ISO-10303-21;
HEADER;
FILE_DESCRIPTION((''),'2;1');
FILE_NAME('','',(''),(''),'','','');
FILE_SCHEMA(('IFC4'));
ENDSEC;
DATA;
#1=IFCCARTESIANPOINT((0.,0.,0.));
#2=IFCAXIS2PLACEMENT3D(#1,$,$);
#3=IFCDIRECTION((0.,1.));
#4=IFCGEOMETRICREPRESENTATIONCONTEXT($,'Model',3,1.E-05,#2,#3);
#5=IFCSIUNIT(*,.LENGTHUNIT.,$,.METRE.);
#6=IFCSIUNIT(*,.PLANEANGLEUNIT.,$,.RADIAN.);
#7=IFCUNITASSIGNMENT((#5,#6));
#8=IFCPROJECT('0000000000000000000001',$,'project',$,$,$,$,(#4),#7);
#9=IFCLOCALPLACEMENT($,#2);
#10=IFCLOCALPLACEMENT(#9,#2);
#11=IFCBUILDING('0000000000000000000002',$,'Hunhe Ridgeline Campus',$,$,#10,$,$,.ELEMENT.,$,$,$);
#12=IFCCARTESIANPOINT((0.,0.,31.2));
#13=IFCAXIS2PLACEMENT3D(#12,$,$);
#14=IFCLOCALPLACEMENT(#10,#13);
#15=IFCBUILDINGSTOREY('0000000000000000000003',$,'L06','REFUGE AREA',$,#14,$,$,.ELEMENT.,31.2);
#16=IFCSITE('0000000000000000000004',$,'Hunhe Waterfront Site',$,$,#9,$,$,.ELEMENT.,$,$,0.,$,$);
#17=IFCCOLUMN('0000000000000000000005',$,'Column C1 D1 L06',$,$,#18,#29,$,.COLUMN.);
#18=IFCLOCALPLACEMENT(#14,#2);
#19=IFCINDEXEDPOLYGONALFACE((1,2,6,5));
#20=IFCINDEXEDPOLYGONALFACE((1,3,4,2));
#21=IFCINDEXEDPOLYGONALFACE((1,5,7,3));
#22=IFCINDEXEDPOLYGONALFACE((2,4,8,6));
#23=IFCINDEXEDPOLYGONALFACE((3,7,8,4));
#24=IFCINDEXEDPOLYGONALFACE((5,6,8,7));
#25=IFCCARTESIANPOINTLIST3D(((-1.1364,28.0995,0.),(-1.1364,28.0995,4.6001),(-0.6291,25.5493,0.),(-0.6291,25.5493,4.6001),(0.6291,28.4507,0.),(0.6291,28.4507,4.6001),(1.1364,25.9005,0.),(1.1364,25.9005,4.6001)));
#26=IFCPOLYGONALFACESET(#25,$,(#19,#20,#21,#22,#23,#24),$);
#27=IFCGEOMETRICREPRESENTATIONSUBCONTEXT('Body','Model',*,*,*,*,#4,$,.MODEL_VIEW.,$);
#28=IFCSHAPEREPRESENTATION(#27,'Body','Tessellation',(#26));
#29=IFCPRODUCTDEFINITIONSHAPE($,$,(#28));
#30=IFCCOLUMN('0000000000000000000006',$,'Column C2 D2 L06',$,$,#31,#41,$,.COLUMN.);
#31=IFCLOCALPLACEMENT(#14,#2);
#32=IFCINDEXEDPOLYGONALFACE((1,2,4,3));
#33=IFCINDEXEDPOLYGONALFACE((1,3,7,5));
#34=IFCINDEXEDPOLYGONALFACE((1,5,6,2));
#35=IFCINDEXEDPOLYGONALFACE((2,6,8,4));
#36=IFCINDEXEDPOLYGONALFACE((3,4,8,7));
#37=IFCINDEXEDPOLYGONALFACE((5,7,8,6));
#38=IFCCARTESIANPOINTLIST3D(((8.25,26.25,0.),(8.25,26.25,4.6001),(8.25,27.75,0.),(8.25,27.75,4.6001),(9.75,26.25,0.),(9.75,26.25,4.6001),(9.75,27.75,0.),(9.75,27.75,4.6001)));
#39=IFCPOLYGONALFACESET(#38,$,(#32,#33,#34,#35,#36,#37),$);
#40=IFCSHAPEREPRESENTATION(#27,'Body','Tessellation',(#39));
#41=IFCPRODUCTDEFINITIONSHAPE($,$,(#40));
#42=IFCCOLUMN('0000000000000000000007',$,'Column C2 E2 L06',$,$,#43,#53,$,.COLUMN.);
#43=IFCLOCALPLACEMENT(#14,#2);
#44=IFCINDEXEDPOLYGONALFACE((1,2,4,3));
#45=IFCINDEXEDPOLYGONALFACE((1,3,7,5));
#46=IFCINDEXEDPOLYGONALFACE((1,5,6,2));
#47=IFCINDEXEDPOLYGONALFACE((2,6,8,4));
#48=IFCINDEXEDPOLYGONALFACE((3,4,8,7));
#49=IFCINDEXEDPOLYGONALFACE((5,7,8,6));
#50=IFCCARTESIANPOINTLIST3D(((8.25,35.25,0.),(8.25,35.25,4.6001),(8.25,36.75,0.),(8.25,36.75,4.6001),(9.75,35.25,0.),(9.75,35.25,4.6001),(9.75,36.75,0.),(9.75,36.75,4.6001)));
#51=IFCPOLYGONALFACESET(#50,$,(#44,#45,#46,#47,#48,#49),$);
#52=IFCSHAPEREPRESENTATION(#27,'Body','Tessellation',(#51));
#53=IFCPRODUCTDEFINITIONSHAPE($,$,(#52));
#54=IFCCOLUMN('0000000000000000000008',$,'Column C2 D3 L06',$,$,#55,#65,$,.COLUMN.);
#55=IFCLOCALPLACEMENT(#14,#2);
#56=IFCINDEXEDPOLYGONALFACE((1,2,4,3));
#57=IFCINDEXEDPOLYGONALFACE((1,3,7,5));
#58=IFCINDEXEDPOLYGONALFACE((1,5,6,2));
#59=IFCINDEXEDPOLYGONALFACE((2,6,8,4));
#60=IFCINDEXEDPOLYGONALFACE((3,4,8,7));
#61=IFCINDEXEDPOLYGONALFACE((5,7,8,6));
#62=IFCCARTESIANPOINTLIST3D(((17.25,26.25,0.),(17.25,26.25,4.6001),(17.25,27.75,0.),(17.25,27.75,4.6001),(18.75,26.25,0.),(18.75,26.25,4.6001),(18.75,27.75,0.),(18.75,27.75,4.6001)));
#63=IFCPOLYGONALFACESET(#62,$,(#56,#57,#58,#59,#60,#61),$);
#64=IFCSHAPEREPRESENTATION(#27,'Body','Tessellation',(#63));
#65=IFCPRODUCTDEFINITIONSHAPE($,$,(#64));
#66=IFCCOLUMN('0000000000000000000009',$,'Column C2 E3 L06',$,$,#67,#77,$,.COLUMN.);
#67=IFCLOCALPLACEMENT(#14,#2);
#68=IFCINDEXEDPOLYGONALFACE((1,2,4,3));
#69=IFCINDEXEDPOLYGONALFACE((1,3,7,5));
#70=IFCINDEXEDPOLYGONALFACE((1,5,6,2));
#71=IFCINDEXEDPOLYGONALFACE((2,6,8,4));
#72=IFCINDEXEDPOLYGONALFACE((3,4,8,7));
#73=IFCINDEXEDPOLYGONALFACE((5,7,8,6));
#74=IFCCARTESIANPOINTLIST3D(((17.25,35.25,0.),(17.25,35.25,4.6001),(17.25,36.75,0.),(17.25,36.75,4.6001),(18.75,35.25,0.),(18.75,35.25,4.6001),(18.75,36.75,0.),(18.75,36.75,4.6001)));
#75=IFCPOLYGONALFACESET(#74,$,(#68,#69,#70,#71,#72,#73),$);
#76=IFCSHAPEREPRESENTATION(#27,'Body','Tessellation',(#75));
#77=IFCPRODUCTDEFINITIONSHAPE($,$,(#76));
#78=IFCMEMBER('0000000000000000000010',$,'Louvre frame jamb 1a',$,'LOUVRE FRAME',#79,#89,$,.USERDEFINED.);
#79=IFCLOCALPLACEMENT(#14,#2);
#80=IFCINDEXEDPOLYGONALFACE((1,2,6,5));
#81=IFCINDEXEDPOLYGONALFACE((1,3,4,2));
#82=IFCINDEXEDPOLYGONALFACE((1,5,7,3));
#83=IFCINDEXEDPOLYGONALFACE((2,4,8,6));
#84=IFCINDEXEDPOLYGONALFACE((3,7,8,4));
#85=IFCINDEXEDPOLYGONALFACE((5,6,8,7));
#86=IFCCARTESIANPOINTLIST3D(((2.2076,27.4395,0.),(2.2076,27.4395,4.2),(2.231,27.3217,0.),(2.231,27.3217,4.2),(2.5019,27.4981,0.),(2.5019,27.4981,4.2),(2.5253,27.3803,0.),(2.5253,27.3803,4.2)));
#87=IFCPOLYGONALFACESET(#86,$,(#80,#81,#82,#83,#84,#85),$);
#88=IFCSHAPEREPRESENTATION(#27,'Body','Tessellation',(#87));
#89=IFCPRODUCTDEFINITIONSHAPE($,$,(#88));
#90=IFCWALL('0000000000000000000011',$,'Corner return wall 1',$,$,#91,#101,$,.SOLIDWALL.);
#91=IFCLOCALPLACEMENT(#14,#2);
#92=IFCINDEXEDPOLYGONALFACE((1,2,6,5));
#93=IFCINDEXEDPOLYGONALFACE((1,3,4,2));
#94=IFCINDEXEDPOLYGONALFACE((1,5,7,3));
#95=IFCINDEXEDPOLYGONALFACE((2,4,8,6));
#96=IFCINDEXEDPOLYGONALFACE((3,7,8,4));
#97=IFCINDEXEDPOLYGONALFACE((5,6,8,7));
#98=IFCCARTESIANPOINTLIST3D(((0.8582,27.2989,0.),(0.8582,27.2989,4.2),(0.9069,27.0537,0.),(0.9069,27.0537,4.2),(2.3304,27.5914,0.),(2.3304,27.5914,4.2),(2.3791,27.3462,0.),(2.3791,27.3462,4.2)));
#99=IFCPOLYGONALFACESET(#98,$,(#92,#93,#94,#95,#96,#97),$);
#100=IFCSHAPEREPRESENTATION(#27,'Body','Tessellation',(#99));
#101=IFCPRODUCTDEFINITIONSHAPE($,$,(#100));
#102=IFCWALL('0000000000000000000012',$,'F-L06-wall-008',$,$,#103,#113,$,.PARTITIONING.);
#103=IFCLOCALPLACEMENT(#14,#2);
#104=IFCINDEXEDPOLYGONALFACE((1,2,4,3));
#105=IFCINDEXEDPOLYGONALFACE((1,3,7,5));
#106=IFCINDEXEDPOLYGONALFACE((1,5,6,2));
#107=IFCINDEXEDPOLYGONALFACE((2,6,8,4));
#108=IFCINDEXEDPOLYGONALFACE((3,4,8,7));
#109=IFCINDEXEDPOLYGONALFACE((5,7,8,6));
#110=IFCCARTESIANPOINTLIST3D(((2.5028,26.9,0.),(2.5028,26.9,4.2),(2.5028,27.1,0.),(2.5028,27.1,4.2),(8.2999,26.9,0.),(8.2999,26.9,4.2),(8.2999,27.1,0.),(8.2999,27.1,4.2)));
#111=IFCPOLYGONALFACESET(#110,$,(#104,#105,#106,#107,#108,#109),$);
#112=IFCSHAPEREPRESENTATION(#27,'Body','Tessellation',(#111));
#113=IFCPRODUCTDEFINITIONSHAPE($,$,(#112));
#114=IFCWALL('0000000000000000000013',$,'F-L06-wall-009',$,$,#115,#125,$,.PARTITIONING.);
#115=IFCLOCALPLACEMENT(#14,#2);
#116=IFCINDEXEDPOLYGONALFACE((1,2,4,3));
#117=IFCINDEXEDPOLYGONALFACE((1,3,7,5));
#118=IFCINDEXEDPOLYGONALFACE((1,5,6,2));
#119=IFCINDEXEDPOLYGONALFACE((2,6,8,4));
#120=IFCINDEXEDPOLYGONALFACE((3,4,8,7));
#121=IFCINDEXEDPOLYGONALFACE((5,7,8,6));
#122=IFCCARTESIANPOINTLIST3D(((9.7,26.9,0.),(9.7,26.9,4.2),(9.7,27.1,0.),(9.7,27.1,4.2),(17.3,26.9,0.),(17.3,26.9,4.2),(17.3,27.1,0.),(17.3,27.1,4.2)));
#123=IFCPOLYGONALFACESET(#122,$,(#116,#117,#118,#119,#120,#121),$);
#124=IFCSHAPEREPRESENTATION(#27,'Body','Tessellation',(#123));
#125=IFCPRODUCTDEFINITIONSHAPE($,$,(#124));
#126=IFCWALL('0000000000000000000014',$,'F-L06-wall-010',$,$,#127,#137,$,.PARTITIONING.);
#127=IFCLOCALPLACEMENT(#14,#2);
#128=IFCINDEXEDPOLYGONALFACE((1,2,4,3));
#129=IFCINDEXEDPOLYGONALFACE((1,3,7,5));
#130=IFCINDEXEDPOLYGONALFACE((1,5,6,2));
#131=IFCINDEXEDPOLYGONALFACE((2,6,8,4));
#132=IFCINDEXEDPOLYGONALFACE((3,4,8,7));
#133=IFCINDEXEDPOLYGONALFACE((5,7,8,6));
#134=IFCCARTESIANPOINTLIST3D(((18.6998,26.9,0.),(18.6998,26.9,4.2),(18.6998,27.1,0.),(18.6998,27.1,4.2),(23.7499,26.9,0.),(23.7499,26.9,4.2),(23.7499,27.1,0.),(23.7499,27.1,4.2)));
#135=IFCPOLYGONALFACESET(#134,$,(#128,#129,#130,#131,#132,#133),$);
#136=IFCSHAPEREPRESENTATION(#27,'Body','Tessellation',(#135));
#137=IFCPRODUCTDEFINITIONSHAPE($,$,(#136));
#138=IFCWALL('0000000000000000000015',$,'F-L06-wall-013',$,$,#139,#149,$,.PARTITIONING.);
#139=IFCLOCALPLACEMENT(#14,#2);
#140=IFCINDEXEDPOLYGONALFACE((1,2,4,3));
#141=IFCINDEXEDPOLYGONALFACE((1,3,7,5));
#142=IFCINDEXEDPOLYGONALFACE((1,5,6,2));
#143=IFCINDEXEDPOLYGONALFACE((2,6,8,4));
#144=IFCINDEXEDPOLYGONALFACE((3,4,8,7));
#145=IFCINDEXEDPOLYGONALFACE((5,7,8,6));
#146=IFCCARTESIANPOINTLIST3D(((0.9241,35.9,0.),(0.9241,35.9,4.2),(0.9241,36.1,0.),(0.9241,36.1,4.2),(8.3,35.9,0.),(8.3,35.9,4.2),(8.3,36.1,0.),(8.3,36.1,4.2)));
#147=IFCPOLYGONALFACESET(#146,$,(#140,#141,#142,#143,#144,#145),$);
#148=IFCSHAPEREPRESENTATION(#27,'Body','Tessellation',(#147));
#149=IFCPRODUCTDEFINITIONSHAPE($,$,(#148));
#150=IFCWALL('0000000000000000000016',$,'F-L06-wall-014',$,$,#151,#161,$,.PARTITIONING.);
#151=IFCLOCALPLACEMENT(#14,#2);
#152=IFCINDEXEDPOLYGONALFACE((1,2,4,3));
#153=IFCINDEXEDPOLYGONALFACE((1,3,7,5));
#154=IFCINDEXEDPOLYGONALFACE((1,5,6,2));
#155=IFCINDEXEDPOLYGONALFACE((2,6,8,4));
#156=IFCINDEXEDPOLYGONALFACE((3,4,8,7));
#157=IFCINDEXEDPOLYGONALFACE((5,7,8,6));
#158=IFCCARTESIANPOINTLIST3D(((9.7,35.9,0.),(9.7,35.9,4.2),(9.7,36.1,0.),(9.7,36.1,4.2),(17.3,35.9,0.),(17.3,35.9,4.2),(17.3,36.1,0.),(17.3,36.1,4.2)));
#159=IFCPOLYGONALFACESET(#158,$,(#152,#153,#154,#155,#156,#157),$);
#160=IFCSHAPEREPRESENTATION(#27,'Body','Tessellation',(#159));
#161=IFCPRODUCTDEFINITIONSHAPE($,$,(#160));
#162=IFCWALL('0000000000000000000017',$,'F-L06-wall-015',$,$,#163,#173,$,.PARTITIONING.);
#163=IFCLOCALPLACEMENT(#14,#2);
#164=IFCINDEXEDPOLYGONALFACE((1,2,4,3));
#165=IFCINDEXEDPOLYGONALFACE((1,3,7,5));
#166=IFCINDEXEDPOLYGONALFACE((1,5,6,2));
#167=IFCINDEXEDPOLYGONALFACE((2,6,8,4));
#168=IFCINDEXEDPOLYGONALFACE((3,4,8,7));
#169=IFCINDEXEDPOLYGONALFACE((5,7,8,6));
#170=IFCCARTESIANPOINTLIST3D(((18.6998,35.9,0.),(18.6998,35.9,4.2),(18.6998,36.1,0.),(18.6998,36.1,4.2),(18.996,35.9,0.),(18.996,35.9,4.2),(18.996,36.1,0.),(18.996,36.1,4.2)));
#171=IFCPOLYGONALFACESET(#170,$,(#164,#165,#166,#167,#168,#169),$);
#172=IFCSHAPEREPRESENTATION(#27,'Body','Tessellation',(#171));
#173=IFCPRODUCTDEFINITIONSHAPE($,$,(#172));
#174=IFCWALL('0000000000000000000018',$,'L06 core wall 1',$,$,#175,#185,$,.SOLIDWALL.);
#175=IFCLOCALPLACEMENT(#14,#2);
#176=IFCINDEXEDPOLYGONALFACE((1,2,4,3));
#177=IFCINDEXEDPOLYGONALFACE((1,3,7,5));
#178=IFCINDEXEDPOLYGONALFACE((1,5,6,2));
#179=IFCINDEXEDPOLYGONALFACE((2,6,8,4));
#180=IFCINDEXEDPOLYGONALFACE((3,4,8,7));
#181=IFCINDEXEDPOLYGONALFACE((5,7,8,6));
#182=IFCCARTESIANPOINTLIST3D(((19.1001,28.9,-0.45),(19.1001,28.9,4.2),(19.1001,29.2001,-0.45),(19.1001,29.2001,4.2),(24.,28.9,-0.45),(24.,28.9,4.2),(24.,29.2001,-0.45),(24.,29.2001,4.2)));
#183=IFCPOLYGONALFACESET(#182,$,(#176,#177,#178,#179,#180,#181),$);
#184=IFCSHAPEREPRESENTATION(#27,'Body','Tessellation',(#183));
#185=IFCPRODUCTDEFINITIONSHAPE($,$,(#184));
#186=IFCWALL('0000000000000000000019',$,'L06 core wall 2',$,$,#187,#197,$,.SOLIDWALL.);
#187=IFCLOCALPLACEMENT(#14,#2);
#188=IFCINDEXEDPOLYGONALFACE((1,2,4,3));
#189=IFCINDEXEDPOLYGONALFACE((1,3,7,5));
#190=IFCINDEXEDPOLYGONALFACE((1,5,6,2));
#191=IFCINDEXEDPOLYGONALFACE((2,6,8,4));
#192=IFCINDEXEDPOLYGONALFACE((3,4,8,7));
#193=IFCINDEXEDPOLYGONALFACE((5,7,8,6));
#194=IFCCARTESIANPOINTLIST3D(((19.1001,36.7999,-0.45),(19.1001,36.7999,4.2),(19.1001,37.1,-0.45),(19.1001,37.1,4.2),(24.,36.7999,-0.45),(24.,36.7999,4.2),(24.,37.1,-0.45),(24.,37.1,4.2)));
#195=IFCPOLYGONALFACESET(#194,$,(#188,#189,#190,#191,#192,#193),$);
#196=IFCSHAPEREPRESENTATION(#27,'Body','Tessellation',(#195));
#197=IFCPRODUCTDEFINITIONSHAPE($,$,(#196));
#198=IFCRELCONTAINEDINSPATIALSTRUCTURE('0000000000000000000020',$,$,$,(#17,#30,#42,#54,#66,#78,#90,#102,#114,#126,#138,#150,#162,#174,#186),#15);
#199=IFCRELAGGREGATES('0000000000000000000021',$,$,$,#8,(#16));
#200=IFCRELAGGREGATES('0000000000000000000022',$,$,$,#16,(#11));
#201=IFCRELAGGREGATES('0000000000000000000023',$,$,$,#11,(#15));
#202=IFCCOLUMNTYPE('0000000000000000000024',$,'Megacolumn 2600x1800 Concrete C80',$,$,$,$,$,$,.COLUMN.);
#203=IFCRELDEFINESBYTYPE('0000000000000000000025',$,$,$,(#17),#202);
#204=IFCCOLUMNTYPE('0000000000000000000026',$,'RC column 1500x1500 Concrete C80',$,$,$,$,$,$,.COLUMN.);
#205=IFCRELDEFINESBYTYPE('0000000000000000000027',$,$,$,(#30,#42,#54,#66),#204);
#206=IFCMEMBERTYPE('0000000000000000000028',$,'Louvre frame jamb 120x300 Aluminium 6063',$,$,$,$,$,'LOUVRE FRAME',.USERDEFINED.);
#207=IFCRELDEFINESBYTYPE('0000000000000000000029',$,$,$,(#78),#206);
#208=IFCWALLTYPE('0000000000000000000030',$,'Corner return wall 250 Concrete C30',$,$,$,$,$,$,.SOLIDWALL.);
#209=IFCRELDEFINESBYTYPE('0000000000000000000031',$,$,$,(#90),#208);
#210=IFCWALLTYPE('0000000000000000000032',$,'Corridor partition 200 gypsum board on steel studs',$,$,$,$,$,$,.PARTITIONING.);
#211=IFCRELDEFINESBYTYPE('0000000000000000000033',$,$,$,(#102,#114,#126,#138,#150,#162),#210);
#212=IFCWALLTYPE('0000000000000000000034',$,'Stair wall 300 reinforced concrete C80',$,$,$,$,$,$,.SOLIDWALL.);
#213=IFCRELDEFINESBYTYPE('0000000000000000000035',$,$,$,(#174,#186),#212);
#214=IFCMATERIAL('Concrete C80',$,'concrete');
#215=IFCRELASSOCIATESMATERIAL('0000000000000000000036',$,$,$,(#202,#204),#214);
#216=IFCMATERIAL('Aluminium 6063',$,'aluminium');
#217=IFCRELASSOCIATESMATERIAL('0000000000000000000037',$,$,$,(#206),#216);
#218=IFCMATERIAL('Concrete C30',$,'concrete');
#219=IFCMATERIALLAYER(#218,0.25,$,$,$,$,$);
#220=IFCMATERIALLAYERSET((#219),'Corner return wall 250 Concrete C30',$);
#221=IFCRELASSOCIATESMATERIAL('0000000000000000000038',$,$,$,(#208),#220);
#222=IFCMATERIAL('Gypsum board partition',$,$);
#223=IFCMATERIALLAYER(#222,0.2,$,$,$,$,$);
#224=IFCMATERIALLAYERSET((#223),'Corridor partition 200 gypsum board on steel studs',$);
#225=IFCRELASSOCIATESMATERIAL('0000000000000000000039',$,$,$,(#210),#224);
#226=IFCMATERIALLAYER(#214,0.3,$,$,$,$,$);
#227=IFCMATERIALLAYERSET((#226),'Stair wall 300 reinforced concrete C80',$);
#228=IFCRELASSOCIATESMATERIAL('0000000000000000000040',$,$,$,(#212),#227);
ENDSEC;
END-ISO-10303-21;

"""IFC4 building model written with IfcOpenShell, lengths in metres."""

from ifc_helpers import new_model, si_unit, direction, frame, frame_2d, origin, origin_2d, place, context, subcontext, project, spatial, rectangle, extrude, material, layer, layer_set, material_profile, profile_set, type_object, element, save


model = new_model("IFC4")

# Units and contexts
model_context = context("Model", 3, precision=1e-05, world=origin(), true_north=direction((0.0, 1.0)))
body_context = subcontext(model_context, "Body", "Model", "MODEL_VIEW")
ifc_project = project(units=[si_unit("LENGTHUNIT", "METRE"), si_unit("PLANEANGLEUNIT", "RADIAN")], contexts=[model_context])

# Site, building, storey
site_placement = place(None, origin())
site = spatial("IfcSite", under=ifc_project, at=site_placement, Name="Hunhe Waterfront Site", CompositionType="ELEMENT", RefElevation=0.0)
building_placement = place(site_placement, origin())
building = spatial("IfcBuilding", under=site, at=building_placement, Name="Hunhe Ridgeline Campus", CompositionType="ELEMENT")
storey_placement = place(building_placement, frame((0.0, 0.0, 31.2)))
storey = spatial("IfcBuildingStorey", under=building, at=storey_placement, Name="L06", Description="REFUGE AREA", CompositionType="ELEMENT", Elevation=31.2)

# Columns
ifc_material_1 = material(Name="Concrete C80", Category="concrete")
ifc_material_profile_1 = material_profile(ifc_material_1, rectangle(XDim=2.6001, YDim=1.8, at=origin_2d()))
ifc_profile_set_1 = profile_set([ifc_material_profile_1], Name="Concrete C80")
column_type_1 = type_object("IfcColumnType", Name="Megacolumn 2600x1800 Concrete C80", PredefinedType="COLUMN", material=ifc_profile_set_1)
column_placement = place(storey_placement, frame((0.0, 27.0, 0.0), z_axis=(0.0, 0.0, 1.0), x_axis=(-0.19509, 0.980785, 0.0)))
element("IfcColumn", 1, at=column_placement, inside=storey, type_object=column_type_1, Name="Column C1 D1 L06", PredefinedType="COLUMN", context=body_context, shape_type="SweptSolid", body=[
    extrude(rectangle(XDim=2.6001, YDim=1.8, at=origin_2d()), origin(), (0.0, 0.0, 1.0), 4.6001),
])
ifc_material_profile_2 = material_profile(ifc_material_1, rectangle(XDim=1.5, YDim=1.5, at=origin_2d()))
ifc_profile_set_2 = profile_set([ifc_material_profile_2], Name="Concrete C80")
column_type_2 = type_object("IfcColumnType", Name="RC column 1500x1500 Concrete C80", PredefinedType="COLUMN", material=ifc_profile_set_2)
for number, where, z_axis, x_axis, name in (
    (2, (9.0, 27.0, 0.0), (0.0, 0.0, 1.0), (1.0, 0.0, 0.0), "Column C2 D2 L06"),
    (3, (9.0, 36.0, 0.0), (0.0, 0.0, 1.0), (1.0, 0.0, 0.0), "Column C2 E2 L06"),
    (4, (18.0, 27.0, 0.0), (0.0, 0.0, 1.0), (1.0, 0.0, 0.0), "Column C2 D3 L06"),
    (5, (18.0, 36.0, 0.0), (0.0, 0.0, 1.0), (1.0, 0.0, 0.0), "Column C2 E3 L06"),
):
    element("IfcColumn", number, at=place(storey_placement, frame(where, z_axis=z_axis, x_axis=x_axis)), inside=storey, type_object=column_type_2, Name=name, PredefinedType="COLUMN", context=body_context, shape_type="SweptSolid", body=[
        extrude(rectangle(XDim=1.5, YDim=1.5, at=origin_2d()), origin(), (0.0, 0.0, 1.0), 4.6001),
    ])

# Member
ifc_material_2 = material(Name="Aluminium 6063", Category="aluminium")
ifc_material_profile_3 = material_profile(ifc_material_2, rectangle(XDim=0.3, YDim=0.1201, at=origin_2d()))
ifc_profile_set_3 = profile_set([ifc_material_profile_3], Name="Aluminium 6063")
member_type = type_object("IfcMemberType", Name="Louvre frame jamb 120x300 Aluminium 6063", ElementType="LOUVRE FRAME", PredefinedType="USERDEFINED", material=ifc_profile_set_3)
member_placement = place(storey_placement, frame((2.3665, 27.4099, 0.0), z_axis=(0.0, 0.0, 1.0), x_axis=(0.980784, 0.195095, 0.0)))
element("IfcMember", 6, at=member_placement, inside=storey, type_object=member_type, Name="Louvre frame jamb 1a", ObjectType="LOUVRE FRAME", PredefinedType="USERDEFINED", context=body_context, shape_type="SweptSolid", body=[
    extrude(rectangle(XDim=0.3, YDim=0.1201, at=origin_2d()), origin(), (0.0, 0.0, 1.0), 4.2),
])

# Walls
ifc_material_3 = material(Name="Concrete C30", Category="concrete")
ifc_layer_1 = layer(ifc_material_3, 0.25)
ifc_layer_set_1 = layer_set([ifc_layer_1], Name="Corner return wall 250 Concrete C30")
wall_type_1 = type_object("IfcWallType", Name="Corner return wall 250 Concrete C30", PredefinedType="SOLIDWALL", material=ifc_layer_set_1)
wall_1_placement = place(storey_placement, frame((0.8826, 27.1763, 0.0), z_axis=(0.0, 0.0, 1.0), x_axis=(0.98083, 0.194865, 0.0)))
element("IfcWall", 7, at=wall_1_placement, inside=storey, type_object=wall_type_1, Name="Corner return wall 1", PredefinedType="SOLIDWALL", context=body_context, shape_type="SweptSolid", body=[
    extrude(rectangle(XDim=1.501, YDim=0.25, at=frame_2d((0.7505, 0.0))), origin(), (0.0, 0.0, 1.0), 4.2),
])
ifc_material_4 = material(Name="Gypsum board partition")
ifc_layer_2 = layer(ifc_material_4, 0.2)
ifc_layer_set_2 = layer_set([ifc_layer_2], Name="Corridor partition 200 gypsum board on steel studs")
wall_type_2 = type_object("IfcWallType", Name="Corridor partition 200 gypsum board on steel studs", PredefinedType="PARTITIONING", material=ifc_layer_set_2)
wall_2_placement = place(storey_placement, frame((2.5029, 27.0, 0.0), z_axis=(0.0, 0.0, 1.0), x_axis=(1.0, 0.0, 0.0)))
element("IfcWall", 8, at=wall_2_placement, inside=storey, type_object=wall_type_2, Name="F-L06-wall-008", PredefinedType="PARTITIONING", context=body_context, shape_type="SweptSolid", body=[
    extrude(rectangle(XDim=5.7971, YDim=0.2, at=frame_2d((2.8984, 0.0))), origin(), (0.0, 0.0, 1.0), 4.2),
])
wall_3_placement = place(storey_placement, frame((9.7, 27.0, 0.0), z_axis=(0.0, 0.0, 1.0), x_axis=(1.0, 0.0, 0.0)))
element("IfcWall", 9, at=wall_3_placement, inside=storey, type_object=wall_type_2, Name="F-L06-wall-009", PredefinedType="PARTITIONING", context=body_context, shape_type="SweptSolid", body=[
    extrude(rectangle(XDim=7.6001, YDim=0.2, at=frame_2d((3.8, 0.0))), origin(), (0.0, 0.0, 1.0), 4.2),
])
wall_4_placement = place(storey_placement, frame((18.7, 27.0, 0.0), z_axis=(0.0, 0.0, 1.0), x_axis=(1.0, 0.0, 0.0)))
element("IfcWall", 10, at=wall_4_placement, inside=storey, type_object=wall_type_2, Name="F-L06-wall-010", PredefinedType="PARTITIONING", context=body_context, shape_type="SweptSolid", body=[
    extrude(rectangle(XDim=5.05, YDim=0.2, at=frame_2d((2.5249, 0.0))), origin(), (0.0, 0.0, 1.0), 4.2),
])
wall_5_placement = place(storey_placement, frame((0.9241, 36.0, 0.0), z_axis=(0.0, 0.0, 1.0), x_axis=(1.0, 0.0, 0.0)))
element("IfcWall", 11, at=wall_5_placement, inside=storey, type_object=wall_type_2, Name="F-L06-wall-013", PredefinedType="PARTITIONING", context=body_context, shape_type="SweptSolid", body=[
    extrude(rectangle(XDim=7.376, YDim=0.2, at=frame_2d((3.688, 0.0))), origin(), (0.0, 0.0, 1.0), 4.2),
])
wall_6_placement = place(storey_placement, frame((9.7, 36.0, 0.0), z_axis=(0.0, 0.0, 1.0), x_axis=(1.0, 0.0, 0.0)))
element("IfcWall", 12, at=wall_6_placement, inside=storey, type_object=wall_type_2, Name="F-L06-wall-014", PredefinedType="PARTITIONING", context=body_context, shape_type="SweptSolid", body=[
    extrude(rectangle(XDim=7.6001, YDim=0.2, at=frame_2d((3.8, 0.0))), origin(), (0.0, 0.0, 1.0), 4.2),
])
wall_7_placement = place(storey_placement, frame((18.7, 36.0, 0.0), z_axis=(0.0, 0.0, 1.0), x_axis=(1.0, 0.0, 0.0)))
element("IfcWall", 13, at=wall_7_placement, inside=storey, type_object=wall_type_2, Name="F-L06-wall-015", PredefinedType="PARTITIONING", context=body_context, shape_type="SweptSolid", body=[
    extrude(rectangle(XDim=0.2961, YDim=0.2, at=frame_2d((0.1479, 0.0))), origin(), (0.0, 0.0, 1.0), 4.2),
])
ifc_layer_3 = layer(ifc_material_1, 0.3)
ifc_layer_set_3 = layer_set([ifc_layer_3], Name="Stair wall 300 reinforced concrete C80")
wall_type_3 = type_object("IfcWallType", Name="Stair wall 300 reinforced concrete C80", PredefinedType="SOLIDWALL", material=ifc_layer_set_3)
for number, where, z_axis, x_axis, name in (
    (14, (19.1001, 29.05, -0.45), (0.0, 0.0, 1.0), (1.0, 0.0, 0.0), "L06 core wall 1"),
    (15, (19.1001, 36.95, -0.45), (0.0, 0.0, 1.0), (1.0, 0.0, 0.0), "L06 core wall 2"),
):
    element("IfcWall", number, at=place(storey_placement, frame(where, z_axis=z_axis, x_axis=x_axis)), inside=storey, type_object=wall_type_3, Name=name, PredefinedType="SOLIDWALL", context=body_context, shape_type="SweptSolid", body=[
        extrude(rectangle(XDim=4.8999, YDim=0.3, at=frame_2d((2.45, 0.0))), origin(), (0.0, 0.0, 1.0), 4.6499),
    ])

save(model, "model.ifc")
